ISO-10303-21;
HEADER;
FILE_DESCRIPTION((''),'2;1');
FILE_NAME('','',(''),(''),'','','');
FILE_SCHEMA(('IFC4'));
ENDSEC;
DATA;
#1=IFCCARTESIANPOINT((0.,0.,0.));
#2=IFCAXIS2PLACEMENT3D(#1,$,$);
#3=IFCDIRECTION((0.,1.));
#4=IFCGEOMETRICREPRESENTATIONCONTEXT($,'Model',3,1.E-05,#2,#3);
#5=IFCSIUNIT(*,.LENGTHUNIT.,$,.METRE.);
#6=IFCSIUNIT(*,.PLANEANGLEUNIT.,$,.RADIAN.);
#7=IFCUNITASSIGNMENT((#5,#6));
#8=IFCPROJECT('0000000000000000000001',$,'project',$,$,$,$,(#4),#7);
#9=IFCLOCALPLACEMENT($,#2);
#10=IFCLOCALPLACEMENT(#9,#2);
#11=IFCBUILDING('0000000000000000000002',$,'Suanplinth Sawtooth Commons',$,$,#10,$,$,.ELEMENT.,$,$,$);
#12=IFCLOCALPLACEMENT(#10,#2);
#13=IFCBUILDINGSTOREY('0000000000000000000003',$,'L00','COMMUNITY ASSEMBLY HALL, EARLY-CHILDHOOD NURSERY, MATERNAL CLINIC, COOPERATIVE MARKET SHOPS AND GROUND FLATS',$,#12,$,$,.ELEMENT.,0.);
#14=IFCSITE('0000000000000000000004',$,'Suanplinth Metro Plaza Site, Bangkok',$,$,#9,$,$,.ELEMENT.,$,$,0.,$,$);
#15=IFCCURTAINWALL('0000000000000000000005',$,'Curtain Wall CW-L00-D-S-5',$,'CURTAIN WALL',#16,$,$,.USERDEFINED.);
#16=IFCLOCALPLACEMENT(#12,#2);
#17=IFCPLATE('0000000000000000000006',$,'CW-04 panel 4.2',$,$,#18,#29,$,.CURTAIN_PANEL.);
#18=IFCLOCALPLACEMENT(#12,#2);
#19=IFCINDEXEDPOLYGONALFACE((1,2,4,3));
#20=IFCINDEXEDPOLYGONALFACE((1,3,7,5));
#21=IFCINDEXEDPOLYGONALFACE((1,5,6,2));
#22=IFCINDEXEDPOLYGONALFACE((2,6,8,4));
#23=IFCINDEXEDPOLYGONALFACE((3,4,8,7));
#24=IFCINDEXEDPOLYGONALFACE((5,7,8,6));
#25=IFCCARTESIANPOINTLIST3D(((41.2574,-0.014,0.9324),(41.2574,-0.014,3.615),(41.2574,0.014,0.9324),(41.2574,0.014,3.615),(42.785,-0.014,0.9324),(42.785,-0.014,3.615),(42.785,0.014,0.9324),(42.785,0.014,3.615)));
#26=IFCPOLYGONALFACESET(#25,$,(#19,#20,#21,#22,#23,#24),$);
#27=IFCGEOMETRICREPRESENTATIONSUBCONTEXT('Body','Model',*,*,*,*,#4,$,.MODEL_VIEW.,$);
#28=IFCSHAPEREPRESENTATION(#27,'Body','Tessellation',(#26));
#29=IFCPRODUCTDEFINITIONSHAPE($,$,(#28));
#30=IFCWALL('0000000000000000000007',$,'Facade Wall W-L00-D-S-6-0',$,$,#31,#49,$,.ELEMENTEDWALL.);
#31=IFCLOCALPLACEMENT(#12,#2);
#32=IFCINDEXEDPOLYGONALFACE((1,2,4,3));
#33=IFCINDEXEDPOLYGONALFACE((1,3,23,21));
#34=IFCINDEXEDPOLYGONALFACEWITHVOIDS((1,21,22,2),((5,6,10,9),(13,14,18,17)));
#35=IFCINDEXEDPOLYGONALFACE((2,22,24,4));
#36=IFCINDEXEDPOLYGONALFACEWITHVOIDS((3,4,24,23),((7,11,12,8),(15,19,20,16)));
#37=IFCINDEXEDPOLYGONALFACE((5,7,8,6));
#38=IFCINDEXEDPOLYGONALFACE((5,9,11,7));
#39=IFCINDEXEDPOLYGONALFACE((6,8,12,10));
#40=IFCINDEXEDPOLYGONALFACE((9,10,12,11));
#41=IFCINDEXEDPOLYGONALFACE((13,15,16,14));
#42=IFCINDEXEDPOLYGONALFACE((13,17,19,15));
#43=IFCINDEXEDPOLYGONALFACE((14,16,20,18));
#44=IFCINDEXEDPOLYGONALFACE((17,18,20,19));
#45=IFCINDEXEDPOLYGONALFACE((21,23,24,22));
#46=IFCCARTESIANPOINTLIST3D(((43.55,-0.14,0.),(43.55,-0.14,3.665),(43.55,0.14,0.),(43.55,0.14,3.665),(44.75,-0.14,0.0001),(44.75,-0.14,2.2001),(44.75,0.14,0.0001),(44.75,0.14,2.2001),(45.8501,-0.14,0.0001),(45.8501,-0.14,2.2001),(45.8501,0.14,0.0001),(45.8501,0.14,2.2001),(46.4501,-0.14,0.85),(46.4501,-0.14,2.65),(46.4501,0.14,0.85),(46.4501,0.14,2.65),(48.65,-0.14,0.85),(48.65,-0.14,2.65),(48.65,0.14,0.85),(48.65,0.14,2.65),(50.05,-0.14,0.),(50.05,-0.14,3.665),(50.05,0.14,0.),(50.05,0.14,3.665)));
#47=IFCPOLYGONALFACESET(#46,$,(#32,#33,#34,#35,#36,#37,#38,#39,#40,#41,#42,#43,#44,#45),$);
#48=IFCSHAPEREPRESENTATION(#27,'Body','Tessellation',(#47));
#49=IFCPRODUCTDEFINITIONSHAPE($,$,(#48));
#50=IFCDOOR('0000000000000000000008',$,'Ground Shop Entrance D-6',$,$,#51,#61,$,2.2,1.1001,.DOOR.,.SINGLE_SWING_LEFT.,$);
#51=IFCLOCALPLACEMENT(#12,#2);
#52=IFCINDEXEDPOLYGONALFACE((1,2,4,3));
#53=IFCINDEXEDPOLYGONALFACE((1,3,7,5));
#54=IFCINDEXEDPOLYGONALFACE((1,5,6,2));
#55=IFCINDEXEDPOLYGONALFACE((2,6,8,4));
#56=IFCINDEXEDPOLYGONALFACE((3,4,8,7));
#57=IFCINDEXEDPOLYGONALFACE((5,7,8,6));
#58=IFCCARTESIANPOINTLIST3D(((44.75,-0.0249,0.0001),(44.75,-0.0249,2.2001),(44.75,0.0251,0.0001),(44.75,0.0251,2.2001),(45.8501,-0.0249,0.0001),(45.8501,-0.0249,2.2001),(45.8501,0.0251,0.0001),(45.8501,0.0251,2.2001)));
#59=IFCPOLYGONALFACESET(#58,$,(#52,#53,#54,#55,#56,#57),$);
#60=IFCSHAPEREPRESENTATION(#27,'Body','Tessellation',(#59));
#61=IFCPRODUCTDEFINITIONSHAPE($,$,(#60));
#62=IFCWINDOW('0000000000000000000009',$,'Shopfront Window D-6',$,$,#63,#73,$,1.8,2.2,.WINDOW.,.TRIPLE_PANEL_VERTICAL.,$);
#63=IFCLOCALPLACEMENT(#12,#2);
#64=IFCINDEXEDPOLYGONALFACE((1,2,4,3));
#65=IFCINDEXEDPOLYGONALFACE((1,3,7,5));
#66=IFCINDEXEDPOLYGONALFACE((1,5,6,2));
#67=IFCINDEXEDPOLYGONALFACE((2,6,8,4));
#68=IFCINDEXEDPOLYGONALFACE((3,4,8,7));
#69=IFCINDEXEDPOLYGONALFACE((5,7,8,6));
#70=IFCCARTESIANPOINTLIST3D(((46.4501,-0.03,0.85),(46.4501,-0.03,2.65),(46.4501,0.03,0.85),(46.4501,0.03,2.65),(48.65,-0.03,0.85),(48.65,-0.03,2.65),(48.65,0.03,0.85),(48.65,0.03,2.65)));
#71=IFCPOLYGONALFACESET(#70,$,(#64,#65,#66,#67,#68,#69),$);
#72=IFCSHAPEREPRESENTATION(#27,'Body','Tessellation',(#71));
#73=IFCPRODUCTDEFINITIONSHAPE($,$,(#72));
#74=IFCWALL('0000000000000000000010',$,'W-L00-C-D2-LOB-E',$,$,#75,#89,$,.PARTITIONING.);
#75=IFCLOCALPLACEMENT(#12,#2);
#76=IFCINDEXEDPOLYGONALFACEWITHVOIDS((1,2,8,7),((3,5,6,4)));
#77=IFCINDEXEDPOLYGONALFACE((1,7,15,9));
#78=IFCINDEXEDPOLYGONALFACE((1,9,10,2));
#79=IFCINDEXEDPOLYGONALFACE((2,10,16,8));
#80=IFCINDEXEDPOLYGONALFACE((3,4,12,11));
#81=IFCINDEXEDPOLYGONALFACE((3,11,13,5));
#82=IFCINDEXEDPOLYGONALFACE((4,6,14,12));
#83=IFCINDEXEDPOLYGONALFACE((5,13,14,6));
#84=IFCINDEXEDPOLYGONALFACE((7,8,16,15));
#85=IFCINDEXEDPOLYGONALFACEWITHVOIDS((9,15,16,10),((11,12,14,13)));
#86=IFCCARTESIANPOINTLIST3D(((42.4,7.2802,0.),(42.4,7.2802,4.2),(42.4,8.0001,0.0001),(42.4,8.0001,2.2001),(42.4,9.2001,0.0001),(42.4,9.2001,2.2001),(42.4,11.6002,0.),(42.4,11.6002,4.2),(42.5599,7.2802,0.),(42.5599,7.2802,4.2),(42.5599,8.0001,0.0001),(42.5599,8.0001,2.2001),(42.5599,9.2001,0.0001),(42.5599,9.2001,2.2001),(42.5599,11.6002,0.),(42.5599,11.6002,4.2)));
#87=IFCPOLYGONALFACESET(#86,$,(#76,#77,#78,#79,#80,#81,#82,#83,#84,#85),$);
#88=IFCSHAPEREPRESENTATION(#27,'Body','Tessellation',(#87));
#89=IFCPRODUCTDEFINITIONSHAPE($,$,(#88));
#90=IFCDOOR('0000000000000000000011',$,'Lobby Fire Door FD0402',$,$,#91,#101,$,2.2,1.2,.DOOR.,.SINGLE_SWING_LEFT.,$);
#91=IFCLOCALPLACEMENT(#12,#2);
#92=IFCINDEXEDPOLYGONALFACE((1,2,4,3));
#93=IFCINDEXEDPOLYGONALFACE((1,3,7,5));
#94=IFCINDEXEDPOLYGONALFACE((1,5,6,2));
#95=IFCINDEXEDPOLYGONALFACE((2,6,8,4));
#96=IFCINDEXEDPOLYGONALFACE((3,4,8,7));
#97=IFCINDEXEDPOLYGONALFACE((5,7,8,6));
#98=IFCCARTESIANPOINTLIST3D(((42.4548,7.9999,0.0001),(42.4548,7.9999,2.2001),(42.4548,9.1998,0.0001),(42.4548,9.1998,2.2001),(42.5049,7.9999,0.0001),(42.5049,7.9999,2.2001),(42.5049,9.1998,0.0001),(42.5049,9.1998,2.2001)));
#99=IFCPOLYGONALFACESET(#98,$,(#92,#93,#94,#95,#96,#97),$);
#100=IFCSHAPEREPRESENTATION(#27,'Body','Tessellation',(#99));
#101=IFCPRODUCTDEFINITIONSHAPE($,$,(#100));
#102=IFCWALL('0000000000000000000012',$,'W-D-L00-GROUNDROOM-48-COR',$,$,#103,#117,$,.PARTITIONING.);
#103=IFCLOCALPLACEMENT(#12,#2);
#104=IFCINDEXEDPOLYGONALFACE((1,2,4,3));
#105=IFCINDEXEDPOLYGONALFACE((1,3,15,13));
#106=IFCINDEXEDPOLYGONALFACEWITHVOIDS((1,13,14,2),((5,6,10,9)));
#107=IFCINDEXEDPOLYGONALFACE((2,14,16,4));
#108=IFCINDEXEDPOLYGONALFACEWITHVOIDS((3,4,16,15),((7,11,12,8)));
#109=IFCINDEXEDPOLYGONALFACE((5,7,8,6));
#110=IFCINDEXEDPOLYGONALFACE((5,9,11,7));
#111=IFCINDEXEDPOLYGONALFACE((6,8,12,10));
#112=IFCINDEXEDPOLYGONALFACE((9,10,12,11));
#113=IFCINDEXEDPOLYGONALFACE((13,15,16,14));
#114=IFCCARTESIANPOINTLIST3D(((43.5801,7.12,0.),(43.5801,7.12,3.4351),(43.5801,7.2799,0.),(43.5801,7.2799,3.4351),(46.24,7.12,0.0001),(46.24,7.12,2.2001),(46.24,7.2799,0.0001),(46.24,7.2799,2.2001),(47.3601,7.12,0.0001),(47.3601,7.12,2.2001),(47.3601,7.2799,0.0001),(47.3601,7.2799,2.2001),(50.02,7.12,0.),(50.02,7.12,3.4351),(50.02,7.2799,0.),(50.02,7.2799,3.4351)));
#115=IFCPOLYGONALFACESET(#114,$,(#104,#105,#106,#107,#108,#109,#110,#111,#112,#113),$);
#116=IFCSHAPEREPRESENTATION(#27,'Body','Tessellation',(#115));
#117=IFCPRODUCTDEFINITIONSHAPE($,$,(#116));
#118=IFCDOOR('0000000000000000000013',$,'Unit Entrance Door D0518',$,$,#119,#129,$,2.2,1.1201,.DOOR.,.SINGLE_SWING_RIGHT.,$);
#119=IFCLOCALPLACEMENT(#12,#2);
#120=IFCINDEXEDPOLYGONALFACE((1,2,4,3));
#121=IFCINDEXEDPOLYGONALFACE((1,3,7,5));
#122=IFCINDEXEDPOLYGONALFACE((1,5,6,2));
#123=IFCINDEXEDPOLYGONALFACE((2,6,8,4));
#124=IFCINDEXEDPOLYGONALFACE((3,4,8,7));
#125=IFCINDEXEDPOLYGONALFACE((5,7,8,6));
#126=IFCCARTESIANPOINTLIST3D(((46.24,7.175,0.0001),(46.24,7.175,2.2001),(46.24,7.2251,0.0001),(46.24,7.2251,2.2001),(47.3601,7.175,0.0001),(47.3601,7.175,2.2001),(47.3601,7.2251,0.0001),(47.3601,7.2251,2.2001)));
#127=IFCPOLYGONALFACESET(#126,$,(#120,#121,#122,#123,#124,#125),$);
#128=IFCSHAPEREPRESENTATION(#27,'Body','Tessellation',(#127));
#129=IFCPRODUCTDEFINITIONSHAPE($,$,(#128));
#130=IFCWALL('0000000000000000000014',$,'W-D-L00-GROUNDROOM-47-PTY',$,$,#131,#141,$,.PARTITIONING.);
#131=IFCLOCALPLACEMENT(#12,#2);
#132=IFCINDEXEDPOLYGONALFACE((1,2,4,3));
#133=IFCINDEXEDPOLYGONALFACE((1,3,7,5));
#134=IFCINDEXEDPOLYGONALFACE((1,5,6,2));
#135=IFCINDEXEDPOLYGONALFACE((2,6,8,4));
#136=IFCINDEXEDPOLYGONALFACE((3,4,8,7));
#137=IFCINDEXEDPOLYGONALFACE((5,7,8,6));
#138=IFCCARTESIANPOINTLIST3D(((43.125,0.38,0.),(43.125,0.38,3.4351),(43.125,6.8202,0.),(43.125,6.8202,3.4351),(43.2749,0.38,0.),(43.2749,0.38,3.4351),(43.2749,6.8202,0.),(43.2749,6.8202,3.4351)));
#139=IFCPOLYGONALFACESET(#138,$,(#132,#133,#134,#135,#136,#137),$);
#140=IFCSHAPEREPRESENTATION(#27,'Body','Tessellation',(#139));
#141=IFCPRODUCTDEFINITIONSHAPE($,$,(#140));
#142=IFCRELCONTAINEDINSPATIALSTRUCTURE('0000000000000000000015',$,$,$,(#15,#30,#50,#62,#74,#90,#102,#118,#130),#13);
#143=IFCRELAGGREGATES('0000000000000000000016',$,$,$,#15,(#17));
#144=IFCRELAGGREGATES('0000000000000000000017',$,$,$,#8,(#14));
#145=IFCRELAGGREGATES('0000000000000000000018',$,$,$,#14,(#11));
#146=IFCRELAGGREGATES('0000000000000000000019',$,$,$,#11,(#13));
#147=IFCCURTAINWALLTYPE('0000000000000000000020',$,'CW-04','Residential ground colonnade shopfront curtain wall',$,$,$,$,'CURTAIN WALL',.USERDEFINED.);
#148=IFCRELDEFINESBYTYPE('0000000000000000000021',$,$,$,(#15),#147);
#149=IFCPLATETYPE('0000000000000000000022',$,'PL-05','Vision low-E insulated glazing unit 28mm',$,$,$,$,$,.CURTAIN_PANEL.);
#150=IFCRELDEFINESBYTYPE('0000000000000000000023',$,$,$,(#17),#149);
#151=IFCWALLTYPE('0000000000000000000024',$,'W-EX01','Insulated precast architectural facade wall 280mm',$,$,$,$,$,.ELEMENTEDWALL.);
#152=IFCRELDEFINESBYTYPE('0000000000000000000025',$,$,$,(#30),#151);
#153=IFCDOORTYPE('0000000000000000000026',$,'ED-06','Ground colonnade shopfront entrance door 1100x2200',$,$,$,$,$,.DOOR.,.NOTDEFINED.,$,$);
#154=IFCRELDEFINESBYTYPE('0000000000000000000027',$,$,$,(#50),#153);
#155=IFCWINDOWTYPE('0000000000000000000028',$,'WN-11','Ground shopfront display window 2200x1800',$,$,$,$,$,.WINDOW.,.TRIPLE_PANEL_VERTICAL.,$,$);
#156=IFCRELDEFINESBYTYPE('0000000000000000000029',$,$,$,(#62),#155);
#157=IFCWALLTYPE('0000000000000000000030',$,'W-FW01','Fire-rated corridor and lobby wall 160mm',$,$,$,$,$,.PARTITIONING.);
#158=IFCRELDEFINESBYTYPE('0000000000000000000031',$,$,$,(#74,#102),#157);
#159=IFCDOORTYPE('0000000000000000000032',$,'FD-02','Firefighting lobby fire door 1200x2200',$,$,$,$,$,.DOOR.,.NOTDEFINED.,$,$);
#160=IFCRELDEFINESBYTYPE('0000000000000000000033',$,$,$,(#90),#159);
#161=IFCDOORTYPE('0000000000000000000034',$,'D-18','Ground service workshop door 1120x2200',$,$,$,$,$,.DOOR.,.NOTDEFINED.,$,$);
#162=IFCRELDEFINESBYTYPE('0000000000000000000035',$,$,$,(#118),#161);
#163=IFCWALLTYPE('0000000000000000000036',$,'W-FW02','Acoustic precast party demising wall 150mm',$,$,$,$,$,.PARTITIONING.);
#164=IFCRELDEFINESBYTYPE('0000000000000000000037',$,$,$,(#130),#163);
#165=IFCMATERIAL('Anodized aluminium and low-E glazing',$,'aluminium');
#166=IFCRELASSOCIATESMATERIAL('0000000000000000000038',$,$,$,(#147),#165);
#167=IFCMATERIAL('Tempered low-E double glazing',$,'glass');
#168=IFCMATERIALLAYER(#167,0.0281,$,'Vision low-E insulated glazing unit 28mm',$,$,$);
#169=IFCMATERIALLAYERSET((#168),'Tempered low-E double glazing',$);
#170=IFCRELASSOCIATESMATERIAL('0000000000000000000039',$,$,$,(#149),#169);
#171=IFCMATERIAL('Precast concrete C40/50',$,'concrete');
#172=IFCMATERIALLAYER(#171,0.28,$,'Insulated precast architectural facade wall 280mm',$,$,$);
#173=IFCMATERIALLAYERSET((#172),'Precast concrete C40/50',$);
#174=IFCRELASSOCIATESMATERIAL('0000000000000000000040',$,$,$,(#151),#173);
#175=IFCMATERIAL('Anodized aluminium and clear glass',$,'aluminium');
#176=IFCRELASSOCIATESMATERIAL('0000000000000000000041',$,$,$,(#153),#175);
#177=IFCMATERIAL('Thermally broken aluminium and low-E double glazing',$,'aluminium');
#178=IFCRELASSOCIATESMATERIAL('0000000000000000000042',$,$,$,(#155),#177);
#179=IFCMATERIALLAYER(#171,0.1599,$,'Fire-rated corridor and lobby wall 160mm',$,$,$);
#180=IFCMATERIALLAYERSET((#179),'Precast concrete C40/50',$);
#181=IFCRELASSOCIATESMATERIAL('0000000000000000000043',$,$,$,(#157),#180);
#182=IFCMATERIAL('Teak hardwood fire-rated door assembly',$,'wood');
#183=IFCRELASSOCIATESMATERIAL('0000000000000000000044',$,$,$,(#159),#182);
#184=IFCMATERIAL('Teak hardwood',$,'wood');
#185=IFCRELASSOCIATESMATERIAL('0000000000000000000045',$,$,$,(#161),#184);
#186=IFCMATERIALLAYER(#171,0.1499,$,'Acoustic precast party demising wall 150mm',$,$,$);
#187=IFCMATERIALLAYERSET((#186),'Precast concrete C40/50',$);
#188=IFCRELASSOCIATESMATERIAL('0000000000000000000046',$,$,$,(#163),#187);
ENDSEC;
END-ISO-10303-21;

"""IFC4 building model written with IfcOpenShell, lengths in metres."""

from ifc_helpers import new_model, si_unit, direction, frame, frame_2d, origin, origin_2d, place, context, subcontext, project, spatial, rectangle, extrude, material, layer, layer_set, type_object, element, fill, aggregate, save


model = new_model("IFC4")

# Units and contexts
model_context = context("Model", 3, precision=1e-05, world=origin(), true_north=direction((0.0, 1.0)))
body_context = subcontext(model_context, "Body", "Model", "MODEL_VIEW")
ifc_project = project(units=[si_unit("LENGTHUNIT", "METRE"), si_unit("PLANEANGLEUNIT", "RADIAN")], contexts=[model_context])

# Site, building, storey
site_placement = place(None, origin())
site = spatial("IfcSite", under=ifc_project, at=site_placement, Name="Suanplinth Metro Plaza Site, Bangkok", CompositionType="ELEMENT", RefElevation=0.0)
building_placement = place(site_placement, origin())
building = spatial("IfcBuilding", under=site, at=building_placement, Name="Suanplinth Sawtooth Commons", CompositionType="ELEMENT")
storey_placement = place(building_placement, origin())
storey = spatial("IfcBuildingStorey", under=building, at=storey_placement, Name="L00", Description="COMMUNITY ASSEMBLY HALL, EARLY-CHILDHOOD NURSERY, MATERNAL CLINIC, COOPERATIVE MARKET SHOPS AND GROUND FLATS", CompositionType="ELEMENT", Elevation=0.0)

# Shared definitions
ifc_material_1 = material(Name="Precast concrete C40/50", Category="concrete")

# Curtain wall, plate
ifc_material_2 = material(Name="Anodized aluminium and low-E glazing", Category="aluminium")
curtain_wall_type = type_object("IfcCurtainWallType", Name="CW-04", Description="Residential ground colonnade shopfront curtain wall", ElementType="CURTAIN WALL", PredefinedType="USERDEFINED", material=ifc_material_2)
curtain_wall_placement = place(storey_placement, origin())
curtain_wall = element("IfcCurtainWall", 1, at=curtain_wall_placement, inside=storey, type_object=curtain_wall_type, Name="Curtain Wall CW-L00-D-S-5", ObjectType="CURTAIN WALL", PredefinedType="USERDEFINED")
ifc_material_3 = material(Name="Tempered low-E double glazing", Category="glass")
ifc_layer_1 = layer(ifc_material_3, 0.0281, Name="Vision low-E insulated glazing unit 28mm")
ifc_layer_set_1 = layer_set([ifc_layer_1], Name="Tempered low-E double glazing")
plate_type = type_object("IfcPlateType", Name="PL-05", Description="Vision low-E insulated glazing unit 28mm", PredefinedType="CURTAIN_PANEL", material=ifc_layer_set_1)
plate_1_placement = place(storey_placement, frame((42.0212, 0.0, 0.9324), z_axis=(0.0, 0.0, 1.0), x_axis=(1.0, 0.0, 0.0)))
plate_1 = element("IfcPlate", 2, at=plate_1_placement, type_object=plate_type, Name="CW-04 panel 4.2", PredefinedType="CURTAIN_PANEL", context=body_context, shape_type="SweptSolid", body=[
    extrude(rectangle(XDim=1.5276, YDim=0.0281, at=origin_2d()), origin(), (0.0, 0.0, 1.0), 2.6826),
])
aggregate(curtain_wall, [plate_1])

# Wall, openings, door, window
ifc_layer_2 = layer(ifc_material_1, 0.28, Name="Insulated precast architectural facade wall 280mm")
ifc_layer_set_2 = layer_set([ifc_layer_2], Name="Precast concrete C40/50")
wall_type_1 = type_object("IfcWallType", Name="W-EX01", Description="Insulated precast architectural facade wall 280mm", PredefinedType="ELEMENTEDWALL", material=ifc_layer_set_2)
wall_1_placement = place(storey_placement, frame((43.55, 0.0, 0.0), z_axis=(0.0, 0.0, 1.0), x_axis=(1.0, 0.0, 0.0)))
wall_1 = element("IfcWall", 3, at=wall_1_placement, inside=storey, type_object=wall_type_1, Name="Facade Wall W-L00-D-S-6-0", PredefinedType="ELEMENTEDWALL", context=body_context, shape_type="SweptSolid", body=[
    extrude(rectangle(XDim=6.5, YDim=0.28, at=frame_2d((3.25, 0.0))), origin(), (0.0, 0.0, 1.0), 3.665),
])
opening_1_placement = place(wall_1_placement, frame((1.2, 0.0, 0.0)))
opening_1 = element("IfcOpeningElement", 4, at=opening_1_placement, cuts=wall_1, PredefinedType="OPENING", context=body_context, shape_type="SweptSolid", body=[
    extrude(rectangle(XDim=1.1001, YDim=2.2, at=frame_2d((0.55, 1.1001))), frame((0.0, 0.1548, 0.0), z_axis=(0.0, -1.0, 0.0), x_axis=(1.0, 0.0, 0.0)), (0.0, 0.0, 1.0), 0.3098),
])
opening_2_placement = place(wall_1_placement, frame((2.8999, 0.0, 0.8501)))
opening_2 = element("IfcOpeningElement", 5, at=opening_2_placement, cuts=wall_1, PredefinedType="OPENING", context=body_context, shape_type="SweptSolid", body=[
    extrude(rectangle(XDim=2.2, YDim=1.8, at=frame_2d((1.1001, 0.8999))), frame((0.0, 0.1548, 0.0), z_axis=(0.0, -1.0, 0.0), x_axis=(1.0, 0.0, 0.0)), (0.0, 0.0, 1.0), 0.3098),
])
ifc_material_4 = material(Name="Anodized aluminium and clear glass", Category="aluminium")
door_type_1 = type_object("IfcDoorType", Name="ED-06", Description="Ground colonnade shopfront entrance door 1100x2200", OperationType="NOTDEFINED", PredefinedType="DOOR", material=ifc_material_4)
door_1_placement = place(opening_1_placement, frame((1.1001, 0.0, 0.0), z_axis=(0.0, 0.0, 1.0), x_axis=(-1.0, 0.0, 0.0)))
door_1 = element("IfcDoor", 6, at=door_1_placement, inside=storey, type_object=door_type_1, Name="Ground Shop Entrance D-6", OperationType="SINGLE_SWING_LEFT", OverallHeight=2.2, OverallWidth=1.1001, PredefinedType="DOOR", context=body_context, shape_type="SweptSolid", body=[
    extrude(rectangle(XDim=1.1001, YDim=2.2, at=frame_2d((0.55, 1.1001))), frame((0.0, 0.0249, 0.0), z_axis=(0.0, -1.0, 0.0), x_axis=(1.0, 0.0, 0.0)), (0.0, 0.0, 1.0), 0.05),
])
fill(opening_1, door_1)
ifc_material_5 = material(Name="Thermally broken aluminium and low-E double glazing", Category="aluminium")
window_type = type_object("IfcWindowType", Name="WN-11", Description="Ground shopfront display window 2200x1800", PartitioningType="TRIPLE_PANEL_VERTICAL", PredefinedType="WINDOW", material=ifc_material_5)
window_placement = place(opening_2_placement, origin())
window = element("IfcWindow", 7, at=window_placement, inside=storey, type_object=window_type, Name="Shopfront Window D-6", OverallHeight=1.8, OverallWidth=2.2, PartitioningType="TRIPLE_PANEL_VERTICAL", PredefinedType="WINDOW", context=body_context, shape_type="SweptSolid", body=[
    extrude(rectangle(XDim=2.2, YDim=1.8, at=frame_2d((1.1001, 0.8999))), frame((0.0, 0.03, 0.0), z_axis=(0.0, -1.0, 0.0), x_axis=(1.0, 0.0, 0.0)), (0.0, 0.0, 1.0), 0.0601),
])
fill(opening_2, window)

# Walls, openings, doors
ifc_layer_3 = layer(ifc_material_1, 0.1599, Name="Fire-rated corridor and lobby wall 160mm")
ifc_layer_set_3 = layer_set([ifc_layer_3], Name="Precast concrete C40/50")
wall_type_2 = type_object("IfcWallType", Name="W-FW01", Description="Fire-rated corridor and lobby wall 160mm", PredefinedType="PARTITIONING", material=ifc_layer_set_3)
wall_2_placement = place(storey_placement, frame((42.48, 7.28, 0.0), z_axis=(0.0, 0.0, 1.0), x_axis=(0.0, 1.0, 0.0)))
wall_2 = element("IfcWall", 8, at=wall_2_placement, inside=storey, type_object=wall_type_2, Name="W-L00-C-D2-LOB-E", PredefinedType="PARTITIONING", context=body_context, shape_type="SweptSolid", body=[
    extrude(rectangle(XDim=4.3201, YDim=0.1599, at=frame_2d((2.1602, 0.0))), origin(), (0.0, 0.0, 1.0), 4.2),
])
opening_3_placement = place(wall_2_placement, frame((0.72, 0.0, 0.0)))
opening_3 = element("IfcOpeningElement", 9, at=opening_3_placement, cuts=wall_2, PredefinedType="OPENING", context=body_context, shape_type="SweptSolid", body=[
    extrude(rectangle(XDim=1.2, YDim=2.2, at=frame_2d((0.6001, 1.1001))), frame((0.0, 0.0947, 0.0), z_axis=(0.0, -1.0, 0.0), x_axis=(1.0, 0.0, 0.0)), (0.0, 0.0, 1.0), 0.1897),
])
ifc_material_6 = material(Name="Teak hardwood fire-rated door assembly", Category="wood")
door_type_2 = type_object("IfcDoorType", Name="FD-02", Description="Firefighting lobby fire door 1200x2200", OperationType="NOTDEFINED", PredefinedType="DOOR", material=ifc_material_6)
door_2_placement = place(opening_3_placement, frame((1.2, 0.0, 0.0), z_axis=(0.0, 0.0, 1.0), x_axis=(-1.0, 0.0, 0.0)))
door_2 = element("IfcDoor", 10, at=door_2_placement, inside=storey, type_object=door_type_2, Name="Lobby Fire Door FD0402", OperationType="SINGLE_SWING_LEFT", OverallHeight=2.2, OverallWidth=1.2, PredefinedType="DOOR", context=body_context, shape_type="SweptSolid", body=[
    extrude(rectangle(XDim=1.2, YDim=2.2, at=frame_2d((0.6001, 1.1001))), frame((0.0, 0.0249, 0.0), z_axis=(0.0, -1.0, 0.0), x_axis=(1.0, 0.0, 0.0)), (0.0, 0.0, 1.0), 0.05),
])
fill(opening_3, door_2)
wall_3_placement = place(storey_placement, frame((43.5801, 7.2, 0.0), z_axis=(0.0, 0.0, 1.0), x_axis=(1.0, 0.0, 0.0)))
wall_3 = element("IfcWall", 11, at=wall_3_placement, inside=storey, type_object=wall_type_2, Name="W-D-L00-GROUNDROOM-48-COR", PredefinedType="PARTITIONING", context=body_context, shape_type="SweptSolid", body=[
    extrude(rectangle(XDim=6.4399, YDim=0.1599, at=frame_2d((3.22, 0.0))), origin(), (0.0, 0.0, 1.0), 3.4351),
])
opening_4_placement = place(wall_3_placement, frame((2.6599, 0.0, 0.0)))
opening_4 = element("IfcOpeningElement", 12, at=opening_4_placement, cuts=wall_3, PredefinedType="OPENING", context=body_context, shape_type="SweptSolid", body=[
    extrude(rectangle(XDim=1.1201, YDim=2.2, at=frame_2d((0.5601, 1.1001))), frame((0.0, 0.0947, 0.0), z_axis=(0.0, -1.0, 0.0), x_axis=(1.0, 0.0, 0.0)), (0.0, 0.0, 1.0), 0.1897),
])
ifc_material_7 = material(Name="Teak hardwood", Category="wood")
door_type_3 = type_object("IfcDoorType", Name="D-18", Description="Ground service workshop door 1120x2200", OperationType="NOTDEFINED", PredefinedType="DOOR", material=ifc_material_7)
door_3_placement = place(opening_4_placement, frame((1.1201, 0.0, 0.0), z_axis=(0.0, 0.0, 1.0), x_axis=(-1.0, 0.0, 0.0)))
door_3 = element("IfcDoor", 13, at=door_3_placement, inside=storey, type_object=door_type_3, Name="Unit Entrance Door D0518", OperationType="SINGLE_SWING_RIGHT", OverallHeight=2.2, OverallWidth=1.1201, PredefinedType="DOOR", context=body_context, shape_type="SweptSolid", body=[
    extrude(rectangle(XDim=1.1201, YDim=2.2, at=frame_2d((0.5601, 1.1001))), frame((0.0, 0.0249, 0.0), z_axis=(0.0, -1.0, 0.0), x_axis=(1.0, 0.0, 0.0)), (0.0, 0.0, 1.0), 0.05),
])
fill(opening_4, door_3)

# Wall
ifc_layer_4 = layer(ifc_material_1, 0.1499, Name="Acoustic precast party demising wall 150mm")
ifc_layer_set_4 = layer_set([ifc_layer_4], Name="Precast concrete C40/50")
wall_type_3 = type_object("IfcWallType", Name="W-FW02", Description="Acoustic precast party demising wall 150mm", PredefinedType="PARTITIONING", material=ifc_layer_set_4)
wall_4_placement = place(storey_placement, frame((43.2, 0.3799, 0.0), z_axis=(0.0, 0.0, 1.0), x_axis=(0.0, 1.0, 0.0)))
element("IfcWall", 14, at=wall_4_placement, inside=storey, type_object=wall_type_3, Name="W-D-L00-GROUNDROOM-47-PTY", PredefinedType="PARTITIONING", context=body_context, shape_type="SweptSolid", body=[
    extrude(rectangle(XDim=6.4402, YDim=0.1499, at=frame_2d((3.2202, 0.0))), origin(), (0.0, 0.0, 1.0), 3.4351),
])

save(model, "model.ifc")
